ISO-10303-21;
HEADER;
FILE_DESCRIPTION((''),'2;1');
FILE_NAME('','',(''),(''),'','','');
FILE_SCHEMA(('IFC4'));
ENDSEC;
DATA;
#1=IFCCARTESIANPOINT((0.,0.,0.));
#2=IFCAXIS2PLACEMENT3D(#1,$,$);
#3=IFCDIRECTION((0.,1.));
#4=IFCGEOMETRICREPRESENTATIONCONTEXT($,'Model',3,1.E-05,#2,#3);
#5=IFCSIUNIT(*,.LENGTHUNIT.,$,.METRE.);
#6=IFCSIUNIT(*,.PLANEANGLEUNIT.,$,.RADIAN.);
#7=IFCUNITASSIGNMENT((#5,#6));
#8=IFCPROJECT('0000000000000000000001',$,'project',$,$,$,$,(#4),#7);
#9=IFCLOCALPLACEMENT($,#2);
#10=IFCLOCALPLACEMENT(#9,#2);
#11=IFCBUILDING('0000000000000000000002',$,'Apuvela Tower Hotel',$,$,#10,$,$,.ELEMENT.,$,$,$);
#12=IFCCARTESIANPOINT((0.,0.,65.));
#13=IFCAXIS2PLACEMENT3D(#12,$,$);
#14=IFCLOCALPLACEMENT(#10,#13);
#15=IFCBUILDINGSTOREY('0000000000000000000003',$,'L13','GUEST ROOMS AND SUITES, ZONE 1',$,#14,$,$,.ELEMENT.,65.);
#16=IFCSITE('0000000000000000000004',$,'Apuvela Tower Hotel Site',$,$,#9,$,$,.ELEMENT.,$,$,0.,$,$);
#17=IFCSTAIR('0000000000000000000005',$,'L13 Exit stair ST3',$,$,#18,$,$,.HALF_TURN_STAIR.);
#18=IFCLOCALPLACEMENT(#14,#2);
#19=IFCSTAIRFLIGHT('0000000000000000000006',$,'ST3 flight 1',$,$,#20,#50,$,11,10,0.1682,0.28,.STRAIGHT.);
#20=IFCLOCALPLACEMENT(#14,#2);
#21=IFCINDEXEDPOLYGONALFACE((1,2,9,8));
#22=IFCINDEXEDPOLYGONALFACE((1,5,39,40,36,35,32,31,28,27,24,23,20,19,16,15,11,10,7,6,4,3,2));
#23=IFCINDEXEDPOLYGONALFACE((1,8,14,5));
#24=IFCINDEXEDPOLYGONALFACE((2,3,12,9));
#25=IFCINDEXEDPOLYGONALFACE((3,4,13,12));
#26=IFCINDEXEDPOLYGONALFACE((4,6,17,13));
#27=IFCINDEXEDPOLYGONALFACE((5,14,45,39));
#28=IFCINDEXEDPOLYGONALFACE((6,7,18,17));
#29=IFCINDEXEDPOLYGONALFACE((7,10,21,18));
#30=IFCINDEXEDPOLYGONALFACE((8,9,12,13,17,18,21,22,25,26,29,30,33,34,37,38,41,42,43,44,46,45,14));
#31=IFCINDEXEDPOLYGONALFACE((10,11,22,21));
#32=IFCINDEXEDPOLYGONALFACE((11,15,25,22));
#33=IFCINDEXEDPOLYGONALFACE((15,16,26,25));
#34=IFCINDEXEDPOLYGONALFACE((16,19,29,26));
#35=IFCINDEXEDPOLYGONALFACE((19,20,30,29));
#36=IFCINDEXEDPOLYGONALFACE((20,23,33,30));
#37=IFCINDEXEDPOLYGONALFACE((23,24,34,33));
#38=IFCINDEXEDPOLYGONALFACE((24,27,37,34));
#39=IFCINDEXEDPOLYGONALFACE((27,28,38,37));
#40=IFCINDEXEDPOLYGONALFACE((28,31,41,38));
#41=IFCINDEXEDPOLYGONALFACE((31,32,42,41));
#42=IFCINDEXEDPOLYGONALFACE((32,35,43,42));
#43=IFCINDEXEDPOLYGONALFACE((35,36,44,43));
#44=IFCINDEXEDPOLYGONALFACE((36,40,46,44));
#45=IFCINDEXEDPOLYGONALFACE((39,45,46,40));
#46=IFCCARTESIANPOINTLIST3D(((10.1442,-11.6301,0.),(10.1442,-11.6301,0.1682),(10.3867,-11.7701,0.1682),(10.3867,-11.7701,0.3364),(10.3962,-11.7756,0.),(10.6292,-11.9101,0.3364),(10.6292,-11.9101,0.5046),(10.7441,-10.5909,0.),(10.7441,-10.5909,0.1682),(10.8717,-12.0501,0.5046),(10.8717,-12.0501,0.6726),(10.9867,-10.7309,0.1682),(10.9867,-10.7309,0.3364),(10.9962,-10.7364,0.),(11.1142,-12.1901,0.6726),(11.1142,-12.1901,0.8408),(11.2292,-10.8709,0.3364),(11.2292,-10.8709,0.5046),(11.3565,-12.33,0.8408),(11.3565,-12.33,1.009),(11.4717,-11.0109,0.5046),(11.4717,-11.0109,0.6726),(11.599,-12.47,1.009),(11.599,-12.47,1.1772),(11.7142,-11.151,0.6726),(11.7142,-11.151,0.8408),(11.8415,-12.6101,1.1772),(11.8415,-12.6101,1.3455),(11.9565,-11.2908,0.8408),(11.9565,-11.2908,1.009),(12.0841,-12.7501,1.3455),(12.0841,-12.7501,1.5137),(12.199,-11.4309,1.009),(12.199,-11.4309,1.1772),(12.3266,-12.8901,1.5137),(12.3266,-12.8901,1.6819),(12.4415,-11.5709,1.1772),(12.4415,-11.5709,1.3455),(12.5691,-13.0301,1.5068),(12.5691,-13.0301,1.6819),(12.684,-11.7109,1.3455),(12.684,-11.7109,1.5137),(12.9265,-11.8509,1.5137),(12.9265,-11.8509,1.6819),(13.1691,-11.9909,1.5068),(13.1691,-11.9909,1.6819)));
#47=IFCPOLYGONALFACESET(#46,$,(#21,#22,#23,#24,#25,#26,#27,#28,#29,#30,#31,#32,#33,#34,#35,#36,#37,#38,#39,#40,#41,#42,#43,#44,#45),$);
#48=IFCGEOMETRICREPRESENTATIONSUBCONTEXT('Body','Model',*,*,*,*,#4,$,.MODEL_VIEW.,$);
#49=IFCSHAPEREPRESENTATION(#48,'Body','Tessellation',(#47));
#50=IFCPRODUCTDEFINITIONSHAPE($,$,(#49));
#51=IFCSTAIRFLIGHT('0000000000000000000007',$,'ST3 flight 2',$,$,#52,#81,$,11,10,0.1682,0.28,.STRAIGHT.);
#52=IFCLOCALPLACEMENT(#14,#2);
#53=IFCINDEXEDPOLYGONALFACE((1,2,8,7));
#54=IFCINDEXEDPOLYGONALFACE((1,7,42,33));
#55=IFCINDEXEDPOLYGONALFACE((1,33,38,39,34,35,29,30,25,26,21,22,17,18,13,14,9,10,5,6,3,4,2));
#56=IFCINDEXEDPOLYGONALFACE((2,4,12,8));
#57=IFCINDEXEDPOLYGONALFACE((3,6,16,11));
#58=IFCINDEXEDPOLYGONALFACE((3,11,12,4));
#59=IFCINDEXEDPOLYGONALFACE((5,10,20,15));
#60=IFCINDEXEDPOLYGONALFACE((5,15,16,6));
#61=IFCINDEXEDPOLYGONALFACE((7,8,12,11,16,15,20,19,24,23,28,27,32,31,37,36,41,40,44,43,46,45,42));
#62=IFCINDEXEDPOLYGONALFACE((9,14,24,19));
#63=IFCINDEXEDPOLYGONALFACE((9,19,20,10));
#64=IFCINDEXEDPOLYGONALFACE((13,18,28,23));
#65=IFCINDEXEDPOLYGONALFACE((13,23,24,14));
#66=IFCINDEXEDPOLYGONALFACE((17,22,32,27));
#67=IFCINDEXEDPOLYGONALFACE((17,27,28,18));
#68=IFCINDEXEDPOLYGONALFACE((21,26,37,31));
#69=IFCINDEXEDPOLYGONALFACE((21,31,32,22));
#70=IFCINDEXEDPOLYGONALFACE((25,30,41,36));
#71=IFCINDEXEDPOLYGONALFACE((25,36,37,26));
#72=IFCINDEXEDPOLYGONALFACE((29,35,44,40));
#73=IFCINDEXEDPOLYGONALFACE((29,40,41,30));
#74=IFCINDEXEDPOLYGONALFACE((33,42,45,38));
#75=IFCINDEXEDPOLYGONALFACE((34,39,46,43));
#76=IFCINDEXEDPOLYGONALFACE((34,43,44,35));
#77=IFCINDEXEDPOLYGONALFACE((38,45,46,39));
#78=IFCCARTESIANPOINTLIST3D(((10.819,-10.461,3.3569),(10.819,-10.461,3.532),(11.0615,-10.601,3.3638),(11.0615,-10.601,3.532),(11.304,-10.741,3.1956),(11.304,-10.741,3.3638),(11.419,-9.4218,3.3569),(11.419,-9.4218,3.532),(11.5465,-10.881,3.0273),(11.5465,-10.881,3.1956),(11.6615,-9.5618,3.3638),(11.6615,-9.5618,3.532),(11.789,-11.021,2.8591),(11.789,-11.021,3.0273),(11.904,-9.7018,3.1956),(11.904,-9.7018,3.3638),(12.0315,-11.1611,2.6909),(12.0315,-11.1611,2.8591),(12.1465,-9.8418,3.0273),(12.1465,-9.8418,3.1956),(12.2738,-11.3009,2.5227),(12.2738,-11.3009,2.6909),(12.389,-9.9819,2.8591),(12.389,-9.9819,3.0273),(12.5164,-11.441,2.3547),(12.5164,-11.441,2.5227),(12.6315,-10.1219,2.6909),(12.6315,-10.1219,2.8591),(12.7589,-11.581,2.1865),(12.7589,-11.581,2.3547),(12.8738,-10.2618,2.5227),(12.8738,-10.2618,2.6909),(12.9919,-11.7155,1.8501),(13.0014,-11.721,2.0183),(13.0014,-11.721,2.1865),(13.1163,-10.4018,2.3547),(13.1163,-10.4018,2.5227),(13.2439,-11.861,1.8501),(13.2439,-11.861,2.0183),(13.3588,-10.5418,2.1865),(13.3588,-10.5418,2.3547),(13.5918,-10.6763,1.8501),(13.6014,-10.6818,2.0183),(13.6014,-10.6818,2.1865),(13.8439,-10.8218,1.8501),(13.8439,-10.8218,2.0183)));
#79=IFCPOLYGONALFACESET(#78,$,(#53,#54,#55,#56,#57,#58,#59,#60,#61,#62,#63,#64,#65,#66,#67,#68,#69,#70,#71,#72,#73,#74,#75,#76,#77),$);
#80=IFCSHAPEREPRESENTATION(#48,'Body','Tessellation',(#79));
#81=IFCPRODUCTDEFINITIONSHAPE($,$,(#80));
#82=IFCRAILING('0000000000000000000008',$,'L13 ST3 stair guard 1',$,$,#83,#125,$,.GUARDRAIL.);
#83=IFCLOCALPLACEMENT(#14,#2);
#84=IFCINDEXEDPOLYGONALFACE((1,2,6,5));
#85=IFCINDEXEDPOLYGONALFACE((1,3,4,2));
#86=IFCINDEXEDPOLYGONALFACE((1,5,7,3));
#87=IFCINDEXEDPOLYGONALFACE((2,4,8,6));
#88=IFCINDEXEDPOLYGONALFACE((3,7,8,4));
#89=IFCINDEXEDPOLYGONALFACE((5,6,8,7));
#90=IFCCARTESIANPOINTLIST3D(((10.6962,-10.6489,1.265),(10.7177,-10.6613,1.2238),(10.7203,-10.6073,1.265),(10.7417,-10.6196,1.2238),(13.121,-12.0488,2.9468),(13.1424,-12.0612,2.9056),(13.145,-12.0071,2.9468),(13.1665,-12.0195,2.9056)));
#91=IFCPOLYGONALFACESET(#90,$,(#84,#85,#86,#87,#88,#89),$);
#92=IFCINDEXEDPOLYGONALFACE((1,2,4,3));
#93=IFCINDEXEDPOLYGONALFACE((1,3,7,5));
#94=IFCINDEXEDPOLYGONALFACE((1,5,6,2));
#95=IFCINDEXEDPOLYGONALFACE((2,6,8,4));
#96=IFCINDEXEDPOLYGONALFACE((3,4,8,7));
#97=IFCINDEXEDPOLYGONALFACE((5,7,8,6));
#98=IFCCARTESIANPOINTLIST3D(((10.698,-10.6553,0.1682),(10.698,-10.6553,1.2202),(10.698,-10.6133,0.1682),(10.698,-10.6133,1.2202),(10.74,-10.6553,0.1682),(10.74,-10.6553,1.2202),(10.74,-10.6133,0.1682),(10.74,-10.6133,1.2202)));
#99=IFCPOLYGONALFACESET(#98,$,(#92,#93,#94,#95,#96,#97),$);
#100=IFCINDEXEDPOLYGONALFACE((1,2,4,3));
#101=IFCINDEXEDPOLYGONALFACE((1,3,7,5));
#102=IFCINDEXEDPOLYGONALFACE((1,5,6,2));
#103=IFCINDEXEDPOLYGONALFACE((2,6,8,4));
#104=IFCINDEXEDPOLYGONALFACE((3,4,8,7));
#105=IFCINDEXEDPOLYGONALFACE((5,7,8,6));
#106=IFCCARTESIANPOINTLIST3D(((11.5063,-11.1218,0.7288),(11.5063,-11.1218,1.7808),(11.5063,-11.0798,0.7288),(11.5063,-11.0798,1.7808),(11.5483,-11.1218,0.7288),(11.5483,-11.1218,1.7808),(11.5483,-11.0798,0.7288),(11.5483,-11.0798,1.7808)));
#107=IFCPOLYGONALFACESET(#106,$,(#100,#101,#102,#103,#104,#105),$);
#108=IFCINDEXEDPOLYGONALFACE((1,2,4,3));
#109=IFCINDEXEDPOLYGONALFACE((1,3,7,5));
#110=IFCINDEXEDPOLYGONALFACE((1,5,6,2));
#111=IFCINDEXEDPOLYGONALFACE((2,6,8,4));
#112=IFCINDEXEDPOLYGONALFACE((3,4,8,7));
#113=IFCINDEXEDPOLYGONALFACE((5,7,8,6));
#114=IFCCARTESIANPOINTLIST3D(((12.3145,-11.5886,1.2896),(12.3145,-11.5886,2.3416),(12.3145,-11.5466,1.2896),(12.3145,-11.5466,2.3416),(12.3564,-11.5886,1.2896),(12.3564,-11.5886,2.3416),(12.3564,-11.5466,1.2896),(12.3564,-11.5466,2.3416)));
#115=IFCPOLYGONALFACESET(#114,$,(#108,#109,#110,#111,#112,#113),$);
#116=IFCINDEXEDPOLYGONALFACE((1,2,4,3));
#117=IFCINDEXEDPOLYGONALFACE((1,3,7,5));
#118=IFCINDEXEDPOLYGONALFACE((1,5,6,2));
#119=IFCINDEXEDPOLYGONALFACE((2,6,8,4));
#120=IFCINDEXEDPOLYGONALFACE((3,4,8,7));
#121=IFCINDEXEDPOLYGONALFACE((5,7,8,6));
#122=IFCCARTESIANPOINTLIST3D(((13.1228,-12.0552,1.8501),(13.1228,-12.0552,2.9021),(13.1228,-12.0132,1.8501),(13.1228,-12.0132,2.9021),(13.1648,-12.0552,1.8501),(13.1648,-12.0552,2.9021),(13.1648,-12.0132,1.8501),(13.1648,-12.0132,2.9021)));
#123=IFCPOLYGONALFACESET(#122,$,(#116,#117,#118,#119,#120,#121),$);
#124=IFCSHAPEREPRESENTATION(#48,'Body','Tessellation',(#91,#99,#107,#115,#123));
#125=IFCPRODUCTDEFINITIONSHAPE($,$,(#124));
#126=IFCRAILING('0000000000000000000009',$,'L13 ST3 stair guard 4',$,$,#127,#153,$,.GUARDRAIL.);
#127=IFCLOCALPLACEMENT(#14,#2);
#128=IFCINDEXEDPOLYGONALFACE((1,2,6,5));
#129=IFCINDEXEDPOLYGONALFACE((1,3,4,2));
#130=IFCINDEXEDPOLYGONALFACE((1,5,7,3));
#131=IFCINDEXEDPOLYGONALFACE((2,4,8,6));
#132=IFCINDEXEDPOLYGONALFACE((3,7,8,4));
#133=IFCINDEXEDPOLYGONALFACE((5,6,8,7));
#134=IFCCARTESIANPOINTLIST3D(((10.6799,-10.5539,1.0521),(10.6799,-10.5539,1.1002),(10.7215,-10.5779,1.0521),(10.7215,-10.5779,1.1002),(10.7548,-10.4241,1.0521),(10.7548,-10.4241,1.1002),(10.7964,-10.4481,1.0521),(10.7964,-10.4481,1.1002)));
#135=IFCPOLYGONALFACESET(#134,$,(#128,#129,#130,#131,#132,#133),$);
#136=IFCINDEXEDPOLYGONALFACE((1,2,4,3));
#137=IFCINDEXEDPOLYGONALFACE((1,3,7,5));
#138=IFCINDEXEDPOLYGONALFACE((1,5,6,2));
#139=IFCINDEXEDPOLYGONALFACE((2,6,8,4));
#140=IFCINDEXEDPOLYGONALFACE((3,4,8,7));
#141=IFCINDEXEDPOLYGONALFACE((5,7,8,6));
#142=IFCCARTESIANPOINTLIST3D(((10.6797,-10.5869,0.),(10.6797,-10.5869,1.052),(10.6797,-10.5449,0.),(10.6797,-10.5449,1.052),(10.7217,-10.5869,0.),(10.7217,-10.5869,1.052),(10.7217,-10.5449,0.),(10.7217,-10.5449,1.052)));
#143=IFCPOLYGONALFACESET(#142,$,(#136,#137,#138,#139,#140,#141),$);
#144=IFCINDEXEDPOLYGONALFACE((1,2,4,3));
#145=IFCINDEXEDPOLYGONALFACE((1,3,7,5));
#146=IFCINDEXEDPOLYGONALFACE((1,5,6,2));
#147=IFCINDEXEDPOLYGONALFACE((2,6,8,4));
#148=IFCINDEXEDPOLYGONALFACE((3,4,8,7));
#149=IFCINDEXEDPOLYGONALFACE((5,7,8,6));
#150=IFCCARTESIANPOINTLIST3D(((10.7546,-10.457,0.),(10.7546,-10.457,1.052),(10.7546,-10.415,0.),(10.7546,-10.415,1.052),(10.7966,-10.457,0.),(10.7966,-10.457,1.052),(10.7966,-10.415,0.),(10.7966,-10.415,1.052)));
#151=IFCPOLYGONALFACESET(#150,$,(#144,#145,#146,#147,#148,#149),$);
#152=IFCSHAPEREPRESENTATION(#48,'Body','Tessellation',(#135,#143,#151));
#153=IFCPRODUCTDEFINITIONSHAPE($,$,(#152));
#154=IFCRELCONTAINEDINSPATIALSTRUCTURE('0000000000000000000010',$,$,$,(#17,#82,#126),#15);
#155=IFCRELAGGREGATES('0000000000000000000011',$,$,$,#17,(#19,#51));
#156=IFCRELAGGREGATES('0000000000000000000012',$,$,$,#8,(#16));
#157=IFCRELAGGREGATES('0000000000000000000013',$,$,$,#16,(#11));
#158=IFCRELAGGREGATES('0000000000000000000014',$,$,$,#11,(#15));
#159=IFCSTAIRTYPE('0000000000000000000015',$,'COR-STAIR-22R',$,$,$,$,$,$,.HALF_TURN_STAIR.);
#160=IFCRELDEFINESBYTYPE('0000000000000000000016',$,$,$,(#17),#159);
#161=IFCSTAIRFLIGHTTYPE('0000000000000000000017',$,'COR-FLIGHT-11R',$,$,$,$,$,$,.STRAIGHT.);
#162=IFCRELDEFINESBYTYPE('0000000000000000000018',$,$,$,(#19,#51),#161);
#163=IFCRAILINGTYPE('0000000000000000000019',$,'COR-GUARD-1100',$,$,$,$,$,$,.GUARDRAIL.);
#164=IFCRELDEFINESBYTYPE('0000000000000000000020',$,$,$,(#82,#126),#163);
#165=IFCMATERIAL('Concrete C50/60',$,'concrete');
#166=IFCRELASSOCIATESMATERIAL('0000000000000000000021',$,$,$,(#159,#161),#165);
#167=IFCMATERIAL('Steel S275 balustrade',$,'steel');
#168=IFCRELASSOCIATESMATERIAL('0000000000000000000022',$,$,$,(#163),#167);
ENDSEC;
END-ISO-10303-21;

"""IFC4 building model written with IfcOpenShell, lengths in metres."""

from ifc_helpers import new_model, si_unit, direction, frame, origin, origin_2d, place, context, subcontext, project, spatial, polyline, rectangle, outline, extrude, material, type_object, element, aggregate, save


model = new_model("IFC4")

# Units and contexts
model_context = context("Model", 3, precision=1e-05, world=origin(), true_north=direction((0.0, 1.0)))
body_context = subcontext(model_context, "Body", "Model", "MODEL_VIEW")
ifc_project = project(units=[si_unit("LENGTHUNIT", "METRE"), si_unit("PLANEANGLEUNIT", "RADIAN")], contexts=[model_context])

# Site, building, storey
site_placement = place(None, origin())
site = spatial("IfcSite", under=ifc_project, at=site_placement, Name="Apuvela Tower Hotel Site", CompositionType="ELEMENT", RefElevation=0.0)
building_placement = place(site_placement, origin())
building = spatial("IfcBuilding", under=site, at=building_placement, Name="Apuvela Tower Hotel", CompositionType="ELEMENT")
storey_placement = place(building_placement, frame((0.0, 0.0, 65.0)))
storey = spatial("IfcBuildingStorey", under=building, at=storey_placement, Name="L13", Description="GUEST ROOMS AND SUITES, ZONE 1", CompositionType="ELEMENT", Elevation=65.0)

# Shared definitions
ifc_material_1 = material(Name="Concrete C50/60", Category="concrete")

# Stair, stair flights
stair_type = type_object("IfcStairType", Name="COR-STAIR-22R", PredefinedType="HALF_TURN_STAIR", material=ifc_material_1)
stair_placement = place(storey_placement, origin())
stair = element("IfcStair", 1, at=stair_placement, inside=storey, type_object=stair_type, Name="L13 Exit stair ST3", PredefinedType="HALF_TURN_STAIR")
stair_flight_type = type_object("IfcStairFlightType", Name="COR-FLIGHT-11R", PredefinedType="STRAIGHT", material=ifc_material_1)
stair_flight_1_placement = place(storey_placement, frame((10.4441, -11.1106, 0.0), z_axis=(0.0, 0.0, 1.0), x_axis=(0.866025, -0.5, 0.0)))
stair_flight_1 = element("IfcStairFlight", 2, at=stair_flight_1_placement, type_object=stair_flight_type, Name="ST3 flight 1", NumberOfRisers=11, NumberOfTreads=10, PredefinedType="STRAIGHT", RiserHeight=0.1682, TreadLength=0.28, context=body_context, shape_type="SweptSolid", body=[
    extrude(outline(polyline([(0.0, 0.0), (0.0, 0.1682), (0.28, 0.1682), (0.28, 0.3364), (0.5601, 0.3364), (0.5601, 0.5046), (0.8401, 0.5046), (0.8401, 0.6726), (1.1201, 0.6726), (1.1201, 0.8408), (1.3999, 0.8408), (1.3999, 1.009), (1.6799, 1.009), (1.6799, 1.1772), (1.96, 1.1772), (1.96, 1.3455), (2.24, 1.3455), (2.24, 1.5137), (2.52, 1.5137), (2.52, 1.6819), (2.8, 1.6819), (2.8, 1.8501), (2.8, 1.5068), (0.291, 0.0), (0.0, 0.0)])), frame((0.0, 0.6001, 0.0), z_axis=(0.0, -1.0, 0.0), x_axis=(1.0, 0.0, 0.0)), (0.0, 0.0, 1.0), 1.2),
])
stair_flight_2_placement = place(storey_placement, frame((13.5439, -11.3413, 1.8501), z_axis=(0.0, 0.0, 1.0), x_axis=(-0.866025, 0.5, 0.0)))
stair_flight_2 = element("IfcStairFlight", 3, at=stair_flight_2_placement, type_object=stair_flight_type, Name="ST3 flight 2", NumberOfRisers=11, NumberOfTreads=10, PredefinedType="STRAIGHT", RiserHeight=0.1682, TreadLength=0.28, context=body_context, shape_type="SweptSolid", body=[
    extrude(outline(polyline([(0.0, 0.0), (0.0, 0.1682), (0.28, 0.1682), (0.28, 0.3364), (0.5601, 0.3364), (0.5601, 0.5046), (0.8401, 0.5046), (0.8401, 0.6726), (1.1201, 0.6726), (1.1201, 0.8408), (1.3999, 0.8408), (1.3999, 1.009), (1.6799, 1.009), (1.6799, 1.1772), (1.96, 1.1772), (1.96, 1.3455), (2.24, 1.3455), (2.24, 1.5137), (2.52, 1.5137), (2.52, 1.6819), (2.8, 1.6819), (2.8, 1.8501), (2.8, 1.5068), (0.291, 0.0), (0.0, 0.0)])), frame((0.0, 0.6001, 0.0), z_axis=(0.0, -1.0, 0.0), x_axis=(1.0, 0.0, 0.0)), (0.0, 0.0, 1.0), 1.2),
])
aggregate(stair, [stair_flight_1, stair_flight_2])

# Railings
ifc_material_2 = material(Name="Steel S275 balustrade", Category="steel")
railing_type_1 = type_object("IfcRailingType", Name="COR-GUARD-1100", PredefinedType="GUARDRAIL", material=ifc_material_2)
railing_1_placement = place(storey_placement, frame((10.719, -10.6343, 0.1682)))
element("IfcRailing", 4, at=railing_1_placement, inside=storey, type_object=railing_type_1, Name="L13 ST3 stair guard 1", PredefinedType="GUARDRAIL", context=body_context, shape_type="SweptSolid", body=[
    extrude(rectangle(XDim=0.0481, YDim=0.0481, at=origin_2d()), frame((0.0, 0.0, 1.0762), z_axis=(0.74239, -0.428601, 0.514934), x_axis=(0.499984, 0.866035, 0.0)), (0.0, 0.0, 1.0), 3.2661),
    extrude(rectangle(XDim=0.042, YDim=0.042, at=origin_2d()), origin(), (0.0, 0.0, 1.0), 1.052),
    extrude(rectangle(XDim=0.042, YDim=0.042, at=origin_2d()), frame((0.8083, -0.4666, 0.5605)), (0.0, 0.0, 1.0), 1.052),
    extrude(rectangle(XDim=0.042, YDim=0.042, at=origin_2d()), frame((1.6165, -0.9333, 1.1213)), (0.0, 0.0, 1.0), 1.052),
    extrude(rectangle(XDim=0.042, YDim=0.042, at=origin_2d()), frame((2.4248, -1.3999, 1.6819)), (0.0, 0.0, 1.0), 1.052),
])
railing_2_placement = place(storey_placement, frame((10.7007, -10.5659, 0.0)))
element("IfcRailing", 5, at=railing_2_placement, inside=storey, type_object=railing_type_1, Name="L13 ST3 stair guard 4", PredefinedType="GUARDRAIL", context=body_context, shape_type="SweptSolid", body=[
    extrude(rectangle(XDim=0.0481, YDim=0.0481, at=origin_2d()), frame((0.0, 0.0, 1.0762), z_axis=(0.499816, 0.866131, 0.0), x_axis=(-0.866131, 0.499816, 0.0)), (0.0, 0.0, 1.0), 0.1499),
    extrude(rectangle(XDim=0.042, YDim=0.042, at=origin_2d()), origin(), (0.0, 0.0, 1.0), 1.052),
    extrude(rectangle(XDim=0.042, YDim=0.042, at=origin_2d()), frame((0.075, 0.1299, 0.0)), (0.0, 0.0, 1.0), 1.052),
])

save(model, "model.ifc")
